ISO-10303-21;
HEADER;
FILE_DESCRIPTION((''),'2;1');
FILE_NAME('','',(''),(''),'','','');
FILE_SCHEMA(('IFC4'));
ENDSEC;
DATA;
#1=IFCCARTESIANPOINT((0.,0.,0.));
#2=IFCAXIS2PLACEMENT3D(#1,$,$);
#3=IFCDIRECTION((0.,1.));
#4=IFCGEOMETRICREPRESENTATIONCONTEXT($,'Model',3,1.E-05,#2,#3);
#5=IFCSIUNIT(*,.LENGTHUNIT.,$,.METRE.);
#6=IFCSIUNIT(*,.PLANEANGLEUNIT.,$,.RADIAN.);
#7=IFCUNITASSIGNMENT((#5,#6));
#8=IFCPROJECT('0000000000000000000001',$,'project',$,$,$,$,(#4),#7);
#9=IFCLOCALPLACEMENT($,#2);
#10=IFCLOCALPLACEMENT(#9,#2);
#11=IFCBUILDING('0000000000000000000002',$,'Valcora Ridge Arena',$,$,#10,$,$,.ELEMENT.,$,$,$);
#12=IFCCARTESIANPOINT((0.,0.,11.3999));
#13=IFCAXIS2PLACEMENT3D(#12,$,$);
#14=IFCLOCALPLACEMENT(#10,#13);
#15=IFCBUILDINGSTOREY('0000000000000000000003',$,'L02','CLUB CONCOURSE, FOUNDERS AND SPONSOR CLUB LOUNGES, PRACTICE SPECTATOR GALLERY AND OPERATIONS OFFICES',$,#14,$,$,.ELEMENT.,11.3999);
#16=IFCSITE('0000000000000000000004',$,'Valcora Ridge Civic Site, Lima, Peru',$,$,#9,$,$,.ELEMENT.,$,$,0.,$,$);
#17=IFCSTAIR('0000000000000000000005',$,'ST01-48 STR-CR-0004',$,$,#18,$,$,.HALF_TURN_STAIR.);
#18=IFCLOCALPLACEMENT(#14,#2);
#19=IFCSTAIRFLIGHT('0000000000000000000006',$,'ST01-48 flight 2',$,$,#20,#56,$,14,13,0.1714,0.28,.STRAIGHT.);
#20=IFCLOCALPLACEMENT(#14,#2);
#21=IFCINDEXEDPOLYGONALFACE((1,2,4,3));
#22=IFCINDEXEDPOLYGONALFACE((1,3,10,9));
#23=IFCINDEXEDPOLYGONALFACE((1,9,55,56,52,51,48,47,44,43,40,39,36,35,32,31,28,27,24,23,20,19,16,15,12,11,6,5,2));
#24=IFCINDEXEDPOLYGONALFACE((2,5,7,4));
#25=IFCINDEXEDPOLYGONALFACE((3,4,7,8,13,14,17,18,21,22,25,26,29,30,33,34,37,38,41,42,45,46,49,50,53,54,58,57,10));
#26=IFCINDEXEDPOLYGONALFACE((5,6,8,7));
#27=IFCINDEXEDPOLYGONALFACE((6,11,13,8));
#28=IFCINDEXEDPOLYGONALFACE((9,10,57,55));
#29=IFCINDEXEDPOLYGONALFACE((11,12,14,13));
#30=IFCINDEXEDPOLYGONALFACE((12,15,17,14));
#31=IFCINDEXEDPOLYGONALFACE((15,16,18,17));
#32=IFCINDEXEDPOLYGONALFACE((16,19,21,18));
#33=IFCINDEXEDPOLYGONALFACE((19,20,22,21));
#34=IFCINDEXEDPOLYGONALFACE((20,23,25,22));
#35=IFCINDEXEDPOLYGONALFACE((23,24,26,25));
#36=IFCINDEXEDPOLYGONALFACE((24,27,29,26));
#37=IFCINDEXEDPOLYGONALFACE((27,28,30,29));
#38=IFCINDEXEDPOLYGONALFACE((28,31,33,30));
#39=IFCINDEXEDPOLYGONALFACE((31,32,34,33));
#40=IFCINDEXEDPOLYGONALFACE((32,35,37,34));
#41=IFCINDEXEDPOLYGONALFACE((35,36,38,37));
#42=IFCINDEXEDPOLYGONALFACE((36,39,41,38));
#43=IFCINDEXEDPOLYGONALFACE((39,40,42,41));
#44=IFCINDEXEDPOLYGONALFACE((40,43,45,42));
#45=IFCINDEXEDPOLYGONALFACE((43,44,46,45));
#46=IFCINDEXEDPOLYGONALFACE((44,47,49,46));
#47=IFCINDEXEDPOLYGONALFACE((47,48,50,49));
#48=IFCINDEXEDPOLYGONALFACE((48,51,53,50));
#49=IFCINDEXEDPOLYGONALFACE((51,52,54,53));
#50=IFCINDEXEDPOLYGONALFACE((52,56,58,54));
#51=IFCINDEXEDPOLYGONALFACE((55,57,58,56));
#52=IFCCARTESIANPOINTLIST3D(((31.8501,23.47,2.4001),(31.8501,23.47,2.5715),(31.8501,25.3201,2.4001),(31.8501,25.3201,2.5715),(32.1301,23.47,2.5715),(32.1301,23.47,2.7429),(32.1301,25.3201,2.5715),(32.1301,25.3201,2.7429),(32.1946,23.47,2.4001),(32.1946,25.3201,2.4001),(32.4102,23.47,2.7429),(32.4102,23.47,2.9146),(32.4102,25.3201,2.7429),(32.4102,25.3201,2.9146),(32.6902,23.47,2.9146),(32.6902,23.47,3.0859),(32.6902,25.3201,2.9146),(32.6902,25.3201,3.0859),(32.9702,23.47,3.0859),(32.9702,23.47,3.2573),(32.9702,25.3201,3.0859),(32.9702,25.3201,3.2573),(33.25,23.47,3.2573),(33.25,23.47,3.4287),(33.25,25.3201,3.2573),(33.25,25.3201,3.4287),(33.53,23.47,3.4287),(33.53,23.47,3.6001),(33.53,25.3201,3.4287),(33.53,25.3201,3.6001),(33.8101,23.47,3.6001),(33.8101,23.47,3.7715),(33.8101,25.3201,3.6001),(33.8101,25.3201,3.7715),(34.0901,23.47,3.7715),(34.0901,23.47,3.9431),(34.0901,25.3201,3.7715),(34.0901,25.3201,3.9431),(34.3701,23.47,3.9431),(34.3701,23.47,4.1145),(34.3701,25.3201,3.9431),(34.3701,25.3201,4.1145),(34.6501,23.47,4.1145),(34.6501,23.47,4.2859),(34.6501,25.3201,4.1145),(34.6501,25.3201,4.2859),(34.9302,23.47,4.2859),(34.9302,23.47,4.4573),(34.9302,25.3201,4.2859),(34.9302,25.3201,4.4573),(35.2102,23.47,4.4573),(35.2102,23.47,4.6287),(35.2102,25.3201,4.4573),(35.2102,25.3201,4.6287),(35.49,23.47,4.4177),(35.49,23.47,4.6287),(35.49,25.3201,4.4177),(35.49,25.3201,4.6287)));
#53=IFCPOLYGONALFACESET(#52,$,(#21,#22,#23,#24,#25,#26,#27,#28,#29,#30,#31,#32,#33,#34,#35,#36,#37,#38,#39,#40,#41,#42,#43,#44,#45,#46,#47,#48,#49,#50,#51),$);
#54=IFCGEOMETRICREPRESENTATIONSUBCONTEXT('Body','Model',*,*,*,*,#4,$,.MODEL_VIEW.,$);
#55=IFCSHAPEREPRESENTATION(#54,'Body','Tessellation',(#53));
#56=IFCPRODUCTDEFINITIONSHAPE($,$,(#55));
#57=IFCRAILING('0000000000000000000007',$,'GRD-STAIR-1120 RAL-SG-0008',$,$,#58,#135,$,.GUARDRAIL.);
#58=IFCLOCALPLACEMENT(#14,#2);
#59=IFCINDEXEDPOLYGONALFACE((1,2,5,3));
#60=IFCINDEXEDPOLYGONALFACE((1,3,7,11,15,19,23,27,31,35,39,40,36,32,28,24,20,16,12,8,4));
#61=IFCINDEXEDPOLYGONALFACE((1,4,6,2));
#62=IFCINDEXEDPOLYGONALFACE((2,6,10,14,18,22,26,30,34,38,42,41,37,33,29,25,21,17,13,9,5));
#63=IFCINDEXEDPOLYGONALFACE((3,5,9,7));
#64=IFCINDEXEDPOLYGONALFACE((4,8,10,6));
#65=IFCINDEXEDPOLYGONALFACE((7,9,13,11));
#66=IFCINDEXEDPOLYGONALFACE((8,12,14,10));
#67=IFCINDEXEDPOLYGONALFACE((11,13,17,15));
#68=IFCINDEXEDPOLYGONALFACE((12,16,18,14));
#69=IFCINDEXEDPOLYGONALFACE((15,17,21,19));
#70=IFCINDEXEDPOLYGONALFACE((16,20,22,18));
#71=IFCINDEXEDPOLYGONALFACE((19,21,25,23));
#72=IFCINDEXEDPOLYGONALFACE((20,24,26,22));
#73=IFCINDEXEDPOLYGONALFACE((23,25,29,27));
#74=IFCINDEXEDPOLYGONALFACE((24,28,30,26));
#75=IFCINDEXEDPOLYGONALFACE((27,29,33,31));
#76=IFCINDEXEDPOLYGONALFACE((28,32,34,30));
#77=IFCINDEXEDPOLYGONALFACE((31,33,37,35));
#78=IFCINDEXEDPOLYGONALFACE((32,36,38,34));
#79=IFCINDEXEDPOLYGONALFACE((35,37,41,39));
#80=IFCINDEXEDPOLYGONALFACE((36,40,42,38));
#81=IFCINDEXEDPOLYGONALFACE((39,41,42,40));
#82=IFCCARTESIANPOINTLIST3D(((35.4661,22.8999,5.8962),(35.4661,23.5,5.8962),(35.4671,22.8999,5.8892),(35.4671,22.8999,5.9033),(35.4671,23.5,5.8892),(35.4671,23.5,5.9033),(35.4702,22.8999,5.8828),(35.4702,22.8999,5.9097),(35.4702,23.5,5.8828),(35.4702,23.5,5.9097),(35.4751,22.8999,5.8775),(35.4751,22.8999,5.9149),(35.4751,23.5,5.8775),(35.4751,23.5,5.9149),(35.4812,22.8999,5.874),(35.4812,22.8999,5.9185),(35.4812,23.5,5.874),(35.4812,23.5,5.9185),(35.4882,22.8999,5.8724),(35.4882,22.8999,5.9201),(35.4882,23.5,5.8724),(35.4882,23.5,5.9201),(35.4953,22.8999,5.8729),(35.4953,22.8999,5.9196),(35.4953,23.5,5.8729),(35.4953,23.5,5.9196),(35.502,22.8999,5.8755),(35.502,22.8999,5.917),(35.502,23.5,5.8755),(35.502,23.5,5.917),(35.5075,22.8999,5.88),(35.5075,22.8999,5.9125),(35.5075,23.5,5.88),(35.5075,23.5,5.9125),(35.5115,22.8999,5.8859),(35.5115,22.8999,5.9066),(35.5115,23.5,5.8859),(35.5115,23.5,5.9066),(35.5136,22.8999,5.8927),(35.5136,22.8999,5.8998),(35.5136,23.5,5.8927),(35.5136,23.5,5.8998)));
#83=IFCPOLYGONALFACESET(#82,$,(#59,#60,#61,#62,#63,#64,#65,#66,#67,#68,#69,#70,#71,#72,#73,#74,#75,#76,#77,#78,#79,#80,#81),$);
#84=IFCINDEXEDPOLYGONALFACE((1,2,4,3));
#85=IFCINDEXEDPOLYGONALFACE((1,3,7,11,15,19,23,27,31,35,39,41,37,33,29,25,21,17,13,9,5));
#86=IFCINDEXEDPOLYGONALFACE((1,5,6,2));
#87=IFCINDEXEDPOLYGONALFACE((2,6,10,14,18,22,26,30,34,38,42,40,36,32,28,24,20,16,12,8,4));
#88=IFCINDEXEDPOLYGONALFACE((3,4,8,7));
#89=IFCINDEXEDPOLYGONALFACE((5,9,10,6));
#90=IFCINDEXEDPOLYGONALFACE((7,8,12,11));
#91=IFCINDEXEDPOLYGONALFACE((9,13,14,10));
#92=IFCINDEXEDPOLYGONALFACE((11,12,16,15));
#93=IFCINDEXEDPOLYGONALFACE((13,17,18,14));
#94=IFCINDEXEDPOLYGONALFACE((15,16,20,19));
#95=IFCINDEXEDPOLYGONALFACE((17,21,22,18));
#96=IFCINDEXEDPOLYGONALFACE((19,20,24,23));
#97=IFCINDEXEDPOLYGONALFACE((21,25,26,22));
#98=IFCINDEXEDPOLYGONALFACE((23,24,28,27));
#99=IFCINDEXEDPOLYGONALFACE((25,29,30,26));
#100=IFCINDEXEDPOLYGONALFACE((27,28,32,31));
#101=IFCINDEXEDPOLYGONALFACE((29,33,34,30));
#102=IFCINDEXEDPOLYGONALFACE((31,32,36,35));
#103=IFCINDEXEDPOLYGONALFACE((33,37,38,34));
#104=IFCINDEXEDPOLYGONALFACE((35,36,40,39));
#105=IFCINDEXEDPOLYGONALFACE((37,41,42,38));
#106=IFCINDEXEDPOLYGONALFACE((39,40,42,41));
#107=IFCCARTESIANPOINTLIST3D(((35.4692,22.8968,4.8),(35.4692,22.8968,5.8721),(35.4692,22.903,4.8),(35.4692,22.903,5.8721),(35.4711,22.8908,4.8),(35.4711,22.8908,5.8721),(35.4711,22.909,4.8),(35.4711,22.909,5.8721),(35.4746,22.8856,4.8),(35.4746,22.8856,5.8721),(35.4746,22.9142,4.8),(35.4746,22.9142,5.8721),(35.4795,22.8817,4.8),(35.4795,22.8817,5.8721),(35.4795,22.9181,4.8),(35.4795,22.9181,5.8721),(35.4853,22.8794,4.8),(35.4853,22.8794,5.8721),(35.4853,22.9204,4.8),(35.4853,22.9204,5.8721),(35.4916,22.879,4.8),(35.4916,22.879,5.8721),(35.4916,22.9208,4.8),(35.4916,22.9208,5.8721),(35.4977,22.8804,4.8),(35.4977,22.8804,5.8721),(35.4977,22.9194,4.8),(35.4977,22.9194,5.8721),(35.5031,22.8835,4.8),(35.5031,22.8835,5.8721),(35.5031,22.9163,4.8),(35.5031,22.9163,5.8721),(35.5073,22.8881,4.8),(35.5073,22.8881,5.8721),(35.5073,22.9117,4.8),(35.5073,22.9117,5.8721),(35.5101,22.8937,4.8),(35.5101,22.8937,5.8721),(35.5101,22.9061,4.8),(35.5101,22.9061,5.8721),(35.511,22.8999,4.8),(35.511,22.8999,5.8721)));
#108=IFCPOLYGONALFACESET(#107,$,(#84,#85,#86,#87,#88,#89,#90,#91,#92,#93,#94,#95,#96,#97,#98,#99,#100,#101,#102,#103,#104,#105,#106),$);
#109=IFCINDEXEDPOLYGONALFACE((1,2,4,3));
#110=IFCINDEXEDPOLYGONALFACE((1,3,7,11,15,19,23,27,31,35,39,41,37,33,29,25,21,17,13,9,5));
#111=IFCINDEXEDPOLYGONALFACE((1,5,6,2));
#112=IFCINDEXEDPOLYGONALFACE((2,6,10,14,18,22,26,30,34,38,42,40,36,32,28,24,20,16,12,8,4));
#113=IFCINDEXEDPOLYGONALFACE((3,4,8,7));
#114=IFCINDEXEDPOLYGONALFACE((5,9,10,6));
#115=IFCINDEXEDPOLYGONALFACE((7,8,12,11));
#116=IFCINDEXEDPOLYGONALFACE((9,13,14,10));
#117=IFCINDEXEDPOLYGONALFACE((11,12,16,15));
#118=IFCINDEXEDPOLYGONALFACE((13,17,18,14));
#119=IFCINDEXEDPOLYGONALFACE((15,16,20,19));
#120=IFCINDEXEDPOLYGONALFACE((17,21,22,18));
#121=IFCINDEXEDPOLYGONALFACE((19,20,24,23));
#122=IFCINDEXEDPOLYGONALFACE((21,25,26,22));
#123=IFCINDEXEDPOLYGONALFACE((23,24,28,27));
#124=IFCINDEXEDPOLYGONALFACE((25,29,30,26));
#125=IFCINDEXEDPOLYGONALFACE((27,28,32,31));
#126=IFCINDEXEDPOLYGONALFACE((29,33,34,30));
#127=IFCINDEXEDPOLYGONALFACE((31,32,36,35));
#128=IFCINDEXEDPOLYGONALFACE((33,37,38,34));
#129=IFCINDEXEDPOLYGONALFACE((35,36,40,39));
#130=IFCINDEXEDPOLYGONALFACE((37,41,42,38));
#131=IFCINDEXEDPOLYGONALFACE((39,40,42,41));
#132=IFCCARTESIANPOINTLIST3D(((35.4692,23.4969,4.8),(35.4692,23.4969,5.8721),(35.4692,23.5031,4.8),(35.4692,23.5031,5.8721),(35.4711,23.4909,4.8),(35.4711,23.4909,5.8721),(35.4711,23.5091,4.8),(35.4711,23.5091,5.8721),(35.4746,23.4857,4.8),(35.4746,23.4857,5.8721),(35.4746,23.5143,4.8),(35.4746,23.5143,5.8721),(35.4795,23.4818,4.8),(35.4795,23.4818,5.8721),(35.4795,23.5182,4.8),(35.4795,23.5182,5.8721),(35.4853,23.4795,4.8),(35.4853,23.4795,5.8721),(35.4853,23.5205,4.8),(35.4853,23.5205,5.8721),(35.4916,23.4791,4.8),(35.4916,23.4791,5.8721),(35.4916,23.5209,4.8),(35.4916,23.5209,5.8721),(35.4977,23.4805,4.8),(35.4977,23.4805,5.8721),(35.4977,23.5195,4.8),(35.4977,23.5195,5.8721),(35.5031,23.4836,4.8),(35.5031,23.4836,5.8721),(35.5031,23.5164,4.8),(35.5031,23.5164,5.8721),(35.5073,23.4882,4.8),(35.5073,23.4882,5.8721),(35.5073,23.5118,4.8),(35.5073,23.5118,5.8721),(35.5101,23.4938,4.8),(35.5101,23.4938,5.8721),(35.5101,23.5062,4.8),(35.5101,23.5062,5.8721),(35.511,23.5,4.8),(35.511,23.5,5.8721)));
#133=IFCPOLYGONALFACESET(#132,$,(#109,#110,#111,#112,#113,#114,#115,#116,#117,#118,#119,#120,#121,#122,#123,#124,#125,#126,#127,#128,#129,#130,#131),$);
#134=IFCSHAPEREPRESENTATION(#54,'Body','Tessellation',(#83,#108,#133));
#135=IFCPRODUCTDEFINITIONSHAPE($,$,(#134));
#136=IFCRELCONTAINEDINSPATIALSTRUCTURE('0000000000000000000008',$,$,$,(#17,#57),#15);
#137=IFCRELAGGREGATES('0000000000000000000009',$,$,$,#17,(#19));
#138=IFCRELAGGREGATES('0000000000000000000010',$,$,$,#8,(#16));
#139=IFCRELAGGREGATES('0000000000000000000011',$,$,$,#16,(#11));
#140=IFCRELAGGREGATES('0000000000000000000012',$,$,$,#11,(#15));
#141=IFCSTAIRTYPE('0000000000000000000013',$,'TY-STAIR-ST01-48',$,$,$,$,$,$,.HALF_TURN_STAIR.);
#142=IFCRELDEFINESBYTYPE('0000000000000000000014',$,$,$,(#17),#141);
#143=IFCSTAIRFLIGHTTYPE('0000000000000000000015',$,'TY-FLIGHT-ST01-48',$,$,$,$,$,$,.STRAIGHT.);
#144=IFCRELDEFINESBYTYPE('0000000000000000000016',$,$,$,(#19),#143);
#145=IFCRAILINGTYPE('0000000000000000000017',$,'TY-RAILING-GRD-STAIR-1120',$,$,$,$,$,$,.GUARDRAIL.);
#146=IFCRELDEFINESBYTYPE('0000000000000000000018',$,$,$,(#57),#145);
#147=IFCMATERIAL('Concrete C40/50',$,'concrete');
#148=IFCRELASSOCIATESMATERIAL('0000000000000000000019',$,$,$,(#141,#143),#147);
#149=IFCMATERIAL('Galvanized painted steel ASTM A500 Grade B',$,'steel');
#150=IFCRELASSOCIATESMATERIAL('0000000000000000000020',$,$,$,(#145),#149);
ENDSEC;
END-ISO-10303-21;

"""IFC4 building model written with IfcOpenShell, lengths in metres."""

from ifc_helpers import new_model, si_unit, direction, frame, origin, origin_2d, place, context, subcontext, project, spatial, polyline, circle, outline, extrude, material, type_object, element, aggregate, save


model = new_model("IFC4")

# Units and contexts
model_context = context("Model", 3, precision=1e-05, world=origin(), true_north=direction((0.0, 1.0)))
body_context = subcontext(model_context, "Body", "Model", "MODEL_VIEW")
ifc_project = project(units=[si_unit("LENGTHUNIT", "METRE"), si_unit("PLANEANGLEUNIT", "RADIAN")], contexts=[model_context])

# Site, building, storey
site_placement = place(None, origin())
site = spatial("IfcSite", under=ifc_project, at=site_placement, Name="Valcora Ridge Civic Site, Lima, Peru", CompositionType="ELEMENT", RefElevation=0.0)
building_placement = place(site_placement, origin())
building = spatial("IfcBuilding", under=site, at=building_placement, Name="Valcora Ridge Arena", CompositionType="ELEMENT")
storey_placement = place(building_placement, frame((0.0, 0.0, 11.3999)))
storey = spatial("IfcBuildingStorey", under=building, at=storey_placement, Name="L02", Description="CLUB CONCOURSE, FOUNDERS AND SPONSOR CLUB LOUNGES, PRACTICE SPECTATOR GALLERY AND OPERATIONS OFFICES", CompositionType="ELEMENT", Elevation=11.3999)

# Shared definitions
ifc_material_1 = material(Name="Concrete C40/50", Category="concrete")

# Stair, stair flight
stair_type = type_object("IfcStairType", Name="TY-STAIR-ST01-48", PredefinedType="HALF_TURN_STAIR", material=ifc_material_1)
stair_placement = place(storey_placement, origin())
stair = element("IfcStair", 1, at=stair_placement, inside=storey, type_object=stair_type, Name="ST01-48 STR-CR-0004", PredefinedType="HALF_TURN_STAIR")
stair_flight_type = type_object("IfcStairFlightType", Name="TY-FLIGHT-ST01-48", PredefinedType="STRAIGHT", material=ifc_material_1)
stair_flight_1_placement = place(storey_placement, frame((31.8501, 24.395, 2.4001), z_axis=(0.0, 0.0, 1.0), x_axis=(1.0, 0.0, 0.0)))
stair_flight_1 = element("IfcStairFlight", 2, at=stair_flight_1_placement, type_object=stair_flight_type, Name="ST01-48 flight 2", NumberOfRisers=14, NumberOfTreads=13, PredefinedType="STRAIGHT", RiserHeight=0.1714, TreadLength=0.28, context=body_context, shape_type="SweptSolid", body=[
    extrude(outline(polyline([(0.0, 0.0), (0.0, 0.1714), (0.28, 0.1714), (0.28, 0.3428), (0.5601, 0.3428), (0.5601, 0.5144), (0.8401, 0.5144), (0.8401, 0.6858), (1.1201, 0.6858), (1.1201, 0.8572), (1.3999, 0.8572), (1.3999, 1.0286), (1.6799, 1.0286), (1.6799, 1.2), (1.96, 1.2), (1.96, 1.3713), (2.24, 1.3713), (2.24, 1.543), (2.52, 1.543), (2.52, 1.7144), (2.8, 1.7144), (2.8, 1.8857), (3.0801, 1.8857), (3.0801, 2.0571), (3.3601, 2.0571), (3.3601, 2.2285), (3.6399, 2.2285), (3.6399, 2.3999), (3.6399, 2.0176), (0.3445, 0.0), (0.0, 0.0)])), frame((0.0, 0.925, 0.0), z_axis=(0.0, -1.0, 0.0), x_axis=(1.0, 0.0, 0.0)), (0.0, 0.0, 1.0), 1.8501),
])
aggregate(stair, [stair_flight_1])

# Railing
ifc_material_2 = material(Name="Galvanized painted steel ASTM A500 Grade B", Category="steel")
railing_type_1 = type_object("IfcRailingType", Name="TY-RAILING-GRD-STAIR-1120", PredefinedType="GUARDRAIL", material=ifc_material_2)
railing_1_placement = place(storey_placement, frame((35.49, 22.8999, 4.8)))
element("IfcRailing", 3, at=railing_1_placement, inside=storey, type_object=railing_type_1, Name="GRD-STAIR-1120 RAL-SG-0008", PredefinedType="GUARDRAIL", context=body_context, shape_type="SweptSolid", body=[
    extrude(circle(Radius=0.0239, at=origin_2d()), frame((0.0, 0.0, 1.0962), z_axis=(0.0, 1.0, 0.0), x_axis=(-1.0, 0.0, 0.0)), (0.0, 0.0, 1.0), 0.6001),
    extrude(circle(Radius=0.021, at=origin_2d()), origin(), (0.0, 0.0, 1.0), 1.072),
    extrude(circle(Radius=0.021, at=origin_2d()), frame((0.0, 0.6001, 0.0)), (0.0, 0.0, 1.0), 1.072),
])

save(model, "model.ifc")
